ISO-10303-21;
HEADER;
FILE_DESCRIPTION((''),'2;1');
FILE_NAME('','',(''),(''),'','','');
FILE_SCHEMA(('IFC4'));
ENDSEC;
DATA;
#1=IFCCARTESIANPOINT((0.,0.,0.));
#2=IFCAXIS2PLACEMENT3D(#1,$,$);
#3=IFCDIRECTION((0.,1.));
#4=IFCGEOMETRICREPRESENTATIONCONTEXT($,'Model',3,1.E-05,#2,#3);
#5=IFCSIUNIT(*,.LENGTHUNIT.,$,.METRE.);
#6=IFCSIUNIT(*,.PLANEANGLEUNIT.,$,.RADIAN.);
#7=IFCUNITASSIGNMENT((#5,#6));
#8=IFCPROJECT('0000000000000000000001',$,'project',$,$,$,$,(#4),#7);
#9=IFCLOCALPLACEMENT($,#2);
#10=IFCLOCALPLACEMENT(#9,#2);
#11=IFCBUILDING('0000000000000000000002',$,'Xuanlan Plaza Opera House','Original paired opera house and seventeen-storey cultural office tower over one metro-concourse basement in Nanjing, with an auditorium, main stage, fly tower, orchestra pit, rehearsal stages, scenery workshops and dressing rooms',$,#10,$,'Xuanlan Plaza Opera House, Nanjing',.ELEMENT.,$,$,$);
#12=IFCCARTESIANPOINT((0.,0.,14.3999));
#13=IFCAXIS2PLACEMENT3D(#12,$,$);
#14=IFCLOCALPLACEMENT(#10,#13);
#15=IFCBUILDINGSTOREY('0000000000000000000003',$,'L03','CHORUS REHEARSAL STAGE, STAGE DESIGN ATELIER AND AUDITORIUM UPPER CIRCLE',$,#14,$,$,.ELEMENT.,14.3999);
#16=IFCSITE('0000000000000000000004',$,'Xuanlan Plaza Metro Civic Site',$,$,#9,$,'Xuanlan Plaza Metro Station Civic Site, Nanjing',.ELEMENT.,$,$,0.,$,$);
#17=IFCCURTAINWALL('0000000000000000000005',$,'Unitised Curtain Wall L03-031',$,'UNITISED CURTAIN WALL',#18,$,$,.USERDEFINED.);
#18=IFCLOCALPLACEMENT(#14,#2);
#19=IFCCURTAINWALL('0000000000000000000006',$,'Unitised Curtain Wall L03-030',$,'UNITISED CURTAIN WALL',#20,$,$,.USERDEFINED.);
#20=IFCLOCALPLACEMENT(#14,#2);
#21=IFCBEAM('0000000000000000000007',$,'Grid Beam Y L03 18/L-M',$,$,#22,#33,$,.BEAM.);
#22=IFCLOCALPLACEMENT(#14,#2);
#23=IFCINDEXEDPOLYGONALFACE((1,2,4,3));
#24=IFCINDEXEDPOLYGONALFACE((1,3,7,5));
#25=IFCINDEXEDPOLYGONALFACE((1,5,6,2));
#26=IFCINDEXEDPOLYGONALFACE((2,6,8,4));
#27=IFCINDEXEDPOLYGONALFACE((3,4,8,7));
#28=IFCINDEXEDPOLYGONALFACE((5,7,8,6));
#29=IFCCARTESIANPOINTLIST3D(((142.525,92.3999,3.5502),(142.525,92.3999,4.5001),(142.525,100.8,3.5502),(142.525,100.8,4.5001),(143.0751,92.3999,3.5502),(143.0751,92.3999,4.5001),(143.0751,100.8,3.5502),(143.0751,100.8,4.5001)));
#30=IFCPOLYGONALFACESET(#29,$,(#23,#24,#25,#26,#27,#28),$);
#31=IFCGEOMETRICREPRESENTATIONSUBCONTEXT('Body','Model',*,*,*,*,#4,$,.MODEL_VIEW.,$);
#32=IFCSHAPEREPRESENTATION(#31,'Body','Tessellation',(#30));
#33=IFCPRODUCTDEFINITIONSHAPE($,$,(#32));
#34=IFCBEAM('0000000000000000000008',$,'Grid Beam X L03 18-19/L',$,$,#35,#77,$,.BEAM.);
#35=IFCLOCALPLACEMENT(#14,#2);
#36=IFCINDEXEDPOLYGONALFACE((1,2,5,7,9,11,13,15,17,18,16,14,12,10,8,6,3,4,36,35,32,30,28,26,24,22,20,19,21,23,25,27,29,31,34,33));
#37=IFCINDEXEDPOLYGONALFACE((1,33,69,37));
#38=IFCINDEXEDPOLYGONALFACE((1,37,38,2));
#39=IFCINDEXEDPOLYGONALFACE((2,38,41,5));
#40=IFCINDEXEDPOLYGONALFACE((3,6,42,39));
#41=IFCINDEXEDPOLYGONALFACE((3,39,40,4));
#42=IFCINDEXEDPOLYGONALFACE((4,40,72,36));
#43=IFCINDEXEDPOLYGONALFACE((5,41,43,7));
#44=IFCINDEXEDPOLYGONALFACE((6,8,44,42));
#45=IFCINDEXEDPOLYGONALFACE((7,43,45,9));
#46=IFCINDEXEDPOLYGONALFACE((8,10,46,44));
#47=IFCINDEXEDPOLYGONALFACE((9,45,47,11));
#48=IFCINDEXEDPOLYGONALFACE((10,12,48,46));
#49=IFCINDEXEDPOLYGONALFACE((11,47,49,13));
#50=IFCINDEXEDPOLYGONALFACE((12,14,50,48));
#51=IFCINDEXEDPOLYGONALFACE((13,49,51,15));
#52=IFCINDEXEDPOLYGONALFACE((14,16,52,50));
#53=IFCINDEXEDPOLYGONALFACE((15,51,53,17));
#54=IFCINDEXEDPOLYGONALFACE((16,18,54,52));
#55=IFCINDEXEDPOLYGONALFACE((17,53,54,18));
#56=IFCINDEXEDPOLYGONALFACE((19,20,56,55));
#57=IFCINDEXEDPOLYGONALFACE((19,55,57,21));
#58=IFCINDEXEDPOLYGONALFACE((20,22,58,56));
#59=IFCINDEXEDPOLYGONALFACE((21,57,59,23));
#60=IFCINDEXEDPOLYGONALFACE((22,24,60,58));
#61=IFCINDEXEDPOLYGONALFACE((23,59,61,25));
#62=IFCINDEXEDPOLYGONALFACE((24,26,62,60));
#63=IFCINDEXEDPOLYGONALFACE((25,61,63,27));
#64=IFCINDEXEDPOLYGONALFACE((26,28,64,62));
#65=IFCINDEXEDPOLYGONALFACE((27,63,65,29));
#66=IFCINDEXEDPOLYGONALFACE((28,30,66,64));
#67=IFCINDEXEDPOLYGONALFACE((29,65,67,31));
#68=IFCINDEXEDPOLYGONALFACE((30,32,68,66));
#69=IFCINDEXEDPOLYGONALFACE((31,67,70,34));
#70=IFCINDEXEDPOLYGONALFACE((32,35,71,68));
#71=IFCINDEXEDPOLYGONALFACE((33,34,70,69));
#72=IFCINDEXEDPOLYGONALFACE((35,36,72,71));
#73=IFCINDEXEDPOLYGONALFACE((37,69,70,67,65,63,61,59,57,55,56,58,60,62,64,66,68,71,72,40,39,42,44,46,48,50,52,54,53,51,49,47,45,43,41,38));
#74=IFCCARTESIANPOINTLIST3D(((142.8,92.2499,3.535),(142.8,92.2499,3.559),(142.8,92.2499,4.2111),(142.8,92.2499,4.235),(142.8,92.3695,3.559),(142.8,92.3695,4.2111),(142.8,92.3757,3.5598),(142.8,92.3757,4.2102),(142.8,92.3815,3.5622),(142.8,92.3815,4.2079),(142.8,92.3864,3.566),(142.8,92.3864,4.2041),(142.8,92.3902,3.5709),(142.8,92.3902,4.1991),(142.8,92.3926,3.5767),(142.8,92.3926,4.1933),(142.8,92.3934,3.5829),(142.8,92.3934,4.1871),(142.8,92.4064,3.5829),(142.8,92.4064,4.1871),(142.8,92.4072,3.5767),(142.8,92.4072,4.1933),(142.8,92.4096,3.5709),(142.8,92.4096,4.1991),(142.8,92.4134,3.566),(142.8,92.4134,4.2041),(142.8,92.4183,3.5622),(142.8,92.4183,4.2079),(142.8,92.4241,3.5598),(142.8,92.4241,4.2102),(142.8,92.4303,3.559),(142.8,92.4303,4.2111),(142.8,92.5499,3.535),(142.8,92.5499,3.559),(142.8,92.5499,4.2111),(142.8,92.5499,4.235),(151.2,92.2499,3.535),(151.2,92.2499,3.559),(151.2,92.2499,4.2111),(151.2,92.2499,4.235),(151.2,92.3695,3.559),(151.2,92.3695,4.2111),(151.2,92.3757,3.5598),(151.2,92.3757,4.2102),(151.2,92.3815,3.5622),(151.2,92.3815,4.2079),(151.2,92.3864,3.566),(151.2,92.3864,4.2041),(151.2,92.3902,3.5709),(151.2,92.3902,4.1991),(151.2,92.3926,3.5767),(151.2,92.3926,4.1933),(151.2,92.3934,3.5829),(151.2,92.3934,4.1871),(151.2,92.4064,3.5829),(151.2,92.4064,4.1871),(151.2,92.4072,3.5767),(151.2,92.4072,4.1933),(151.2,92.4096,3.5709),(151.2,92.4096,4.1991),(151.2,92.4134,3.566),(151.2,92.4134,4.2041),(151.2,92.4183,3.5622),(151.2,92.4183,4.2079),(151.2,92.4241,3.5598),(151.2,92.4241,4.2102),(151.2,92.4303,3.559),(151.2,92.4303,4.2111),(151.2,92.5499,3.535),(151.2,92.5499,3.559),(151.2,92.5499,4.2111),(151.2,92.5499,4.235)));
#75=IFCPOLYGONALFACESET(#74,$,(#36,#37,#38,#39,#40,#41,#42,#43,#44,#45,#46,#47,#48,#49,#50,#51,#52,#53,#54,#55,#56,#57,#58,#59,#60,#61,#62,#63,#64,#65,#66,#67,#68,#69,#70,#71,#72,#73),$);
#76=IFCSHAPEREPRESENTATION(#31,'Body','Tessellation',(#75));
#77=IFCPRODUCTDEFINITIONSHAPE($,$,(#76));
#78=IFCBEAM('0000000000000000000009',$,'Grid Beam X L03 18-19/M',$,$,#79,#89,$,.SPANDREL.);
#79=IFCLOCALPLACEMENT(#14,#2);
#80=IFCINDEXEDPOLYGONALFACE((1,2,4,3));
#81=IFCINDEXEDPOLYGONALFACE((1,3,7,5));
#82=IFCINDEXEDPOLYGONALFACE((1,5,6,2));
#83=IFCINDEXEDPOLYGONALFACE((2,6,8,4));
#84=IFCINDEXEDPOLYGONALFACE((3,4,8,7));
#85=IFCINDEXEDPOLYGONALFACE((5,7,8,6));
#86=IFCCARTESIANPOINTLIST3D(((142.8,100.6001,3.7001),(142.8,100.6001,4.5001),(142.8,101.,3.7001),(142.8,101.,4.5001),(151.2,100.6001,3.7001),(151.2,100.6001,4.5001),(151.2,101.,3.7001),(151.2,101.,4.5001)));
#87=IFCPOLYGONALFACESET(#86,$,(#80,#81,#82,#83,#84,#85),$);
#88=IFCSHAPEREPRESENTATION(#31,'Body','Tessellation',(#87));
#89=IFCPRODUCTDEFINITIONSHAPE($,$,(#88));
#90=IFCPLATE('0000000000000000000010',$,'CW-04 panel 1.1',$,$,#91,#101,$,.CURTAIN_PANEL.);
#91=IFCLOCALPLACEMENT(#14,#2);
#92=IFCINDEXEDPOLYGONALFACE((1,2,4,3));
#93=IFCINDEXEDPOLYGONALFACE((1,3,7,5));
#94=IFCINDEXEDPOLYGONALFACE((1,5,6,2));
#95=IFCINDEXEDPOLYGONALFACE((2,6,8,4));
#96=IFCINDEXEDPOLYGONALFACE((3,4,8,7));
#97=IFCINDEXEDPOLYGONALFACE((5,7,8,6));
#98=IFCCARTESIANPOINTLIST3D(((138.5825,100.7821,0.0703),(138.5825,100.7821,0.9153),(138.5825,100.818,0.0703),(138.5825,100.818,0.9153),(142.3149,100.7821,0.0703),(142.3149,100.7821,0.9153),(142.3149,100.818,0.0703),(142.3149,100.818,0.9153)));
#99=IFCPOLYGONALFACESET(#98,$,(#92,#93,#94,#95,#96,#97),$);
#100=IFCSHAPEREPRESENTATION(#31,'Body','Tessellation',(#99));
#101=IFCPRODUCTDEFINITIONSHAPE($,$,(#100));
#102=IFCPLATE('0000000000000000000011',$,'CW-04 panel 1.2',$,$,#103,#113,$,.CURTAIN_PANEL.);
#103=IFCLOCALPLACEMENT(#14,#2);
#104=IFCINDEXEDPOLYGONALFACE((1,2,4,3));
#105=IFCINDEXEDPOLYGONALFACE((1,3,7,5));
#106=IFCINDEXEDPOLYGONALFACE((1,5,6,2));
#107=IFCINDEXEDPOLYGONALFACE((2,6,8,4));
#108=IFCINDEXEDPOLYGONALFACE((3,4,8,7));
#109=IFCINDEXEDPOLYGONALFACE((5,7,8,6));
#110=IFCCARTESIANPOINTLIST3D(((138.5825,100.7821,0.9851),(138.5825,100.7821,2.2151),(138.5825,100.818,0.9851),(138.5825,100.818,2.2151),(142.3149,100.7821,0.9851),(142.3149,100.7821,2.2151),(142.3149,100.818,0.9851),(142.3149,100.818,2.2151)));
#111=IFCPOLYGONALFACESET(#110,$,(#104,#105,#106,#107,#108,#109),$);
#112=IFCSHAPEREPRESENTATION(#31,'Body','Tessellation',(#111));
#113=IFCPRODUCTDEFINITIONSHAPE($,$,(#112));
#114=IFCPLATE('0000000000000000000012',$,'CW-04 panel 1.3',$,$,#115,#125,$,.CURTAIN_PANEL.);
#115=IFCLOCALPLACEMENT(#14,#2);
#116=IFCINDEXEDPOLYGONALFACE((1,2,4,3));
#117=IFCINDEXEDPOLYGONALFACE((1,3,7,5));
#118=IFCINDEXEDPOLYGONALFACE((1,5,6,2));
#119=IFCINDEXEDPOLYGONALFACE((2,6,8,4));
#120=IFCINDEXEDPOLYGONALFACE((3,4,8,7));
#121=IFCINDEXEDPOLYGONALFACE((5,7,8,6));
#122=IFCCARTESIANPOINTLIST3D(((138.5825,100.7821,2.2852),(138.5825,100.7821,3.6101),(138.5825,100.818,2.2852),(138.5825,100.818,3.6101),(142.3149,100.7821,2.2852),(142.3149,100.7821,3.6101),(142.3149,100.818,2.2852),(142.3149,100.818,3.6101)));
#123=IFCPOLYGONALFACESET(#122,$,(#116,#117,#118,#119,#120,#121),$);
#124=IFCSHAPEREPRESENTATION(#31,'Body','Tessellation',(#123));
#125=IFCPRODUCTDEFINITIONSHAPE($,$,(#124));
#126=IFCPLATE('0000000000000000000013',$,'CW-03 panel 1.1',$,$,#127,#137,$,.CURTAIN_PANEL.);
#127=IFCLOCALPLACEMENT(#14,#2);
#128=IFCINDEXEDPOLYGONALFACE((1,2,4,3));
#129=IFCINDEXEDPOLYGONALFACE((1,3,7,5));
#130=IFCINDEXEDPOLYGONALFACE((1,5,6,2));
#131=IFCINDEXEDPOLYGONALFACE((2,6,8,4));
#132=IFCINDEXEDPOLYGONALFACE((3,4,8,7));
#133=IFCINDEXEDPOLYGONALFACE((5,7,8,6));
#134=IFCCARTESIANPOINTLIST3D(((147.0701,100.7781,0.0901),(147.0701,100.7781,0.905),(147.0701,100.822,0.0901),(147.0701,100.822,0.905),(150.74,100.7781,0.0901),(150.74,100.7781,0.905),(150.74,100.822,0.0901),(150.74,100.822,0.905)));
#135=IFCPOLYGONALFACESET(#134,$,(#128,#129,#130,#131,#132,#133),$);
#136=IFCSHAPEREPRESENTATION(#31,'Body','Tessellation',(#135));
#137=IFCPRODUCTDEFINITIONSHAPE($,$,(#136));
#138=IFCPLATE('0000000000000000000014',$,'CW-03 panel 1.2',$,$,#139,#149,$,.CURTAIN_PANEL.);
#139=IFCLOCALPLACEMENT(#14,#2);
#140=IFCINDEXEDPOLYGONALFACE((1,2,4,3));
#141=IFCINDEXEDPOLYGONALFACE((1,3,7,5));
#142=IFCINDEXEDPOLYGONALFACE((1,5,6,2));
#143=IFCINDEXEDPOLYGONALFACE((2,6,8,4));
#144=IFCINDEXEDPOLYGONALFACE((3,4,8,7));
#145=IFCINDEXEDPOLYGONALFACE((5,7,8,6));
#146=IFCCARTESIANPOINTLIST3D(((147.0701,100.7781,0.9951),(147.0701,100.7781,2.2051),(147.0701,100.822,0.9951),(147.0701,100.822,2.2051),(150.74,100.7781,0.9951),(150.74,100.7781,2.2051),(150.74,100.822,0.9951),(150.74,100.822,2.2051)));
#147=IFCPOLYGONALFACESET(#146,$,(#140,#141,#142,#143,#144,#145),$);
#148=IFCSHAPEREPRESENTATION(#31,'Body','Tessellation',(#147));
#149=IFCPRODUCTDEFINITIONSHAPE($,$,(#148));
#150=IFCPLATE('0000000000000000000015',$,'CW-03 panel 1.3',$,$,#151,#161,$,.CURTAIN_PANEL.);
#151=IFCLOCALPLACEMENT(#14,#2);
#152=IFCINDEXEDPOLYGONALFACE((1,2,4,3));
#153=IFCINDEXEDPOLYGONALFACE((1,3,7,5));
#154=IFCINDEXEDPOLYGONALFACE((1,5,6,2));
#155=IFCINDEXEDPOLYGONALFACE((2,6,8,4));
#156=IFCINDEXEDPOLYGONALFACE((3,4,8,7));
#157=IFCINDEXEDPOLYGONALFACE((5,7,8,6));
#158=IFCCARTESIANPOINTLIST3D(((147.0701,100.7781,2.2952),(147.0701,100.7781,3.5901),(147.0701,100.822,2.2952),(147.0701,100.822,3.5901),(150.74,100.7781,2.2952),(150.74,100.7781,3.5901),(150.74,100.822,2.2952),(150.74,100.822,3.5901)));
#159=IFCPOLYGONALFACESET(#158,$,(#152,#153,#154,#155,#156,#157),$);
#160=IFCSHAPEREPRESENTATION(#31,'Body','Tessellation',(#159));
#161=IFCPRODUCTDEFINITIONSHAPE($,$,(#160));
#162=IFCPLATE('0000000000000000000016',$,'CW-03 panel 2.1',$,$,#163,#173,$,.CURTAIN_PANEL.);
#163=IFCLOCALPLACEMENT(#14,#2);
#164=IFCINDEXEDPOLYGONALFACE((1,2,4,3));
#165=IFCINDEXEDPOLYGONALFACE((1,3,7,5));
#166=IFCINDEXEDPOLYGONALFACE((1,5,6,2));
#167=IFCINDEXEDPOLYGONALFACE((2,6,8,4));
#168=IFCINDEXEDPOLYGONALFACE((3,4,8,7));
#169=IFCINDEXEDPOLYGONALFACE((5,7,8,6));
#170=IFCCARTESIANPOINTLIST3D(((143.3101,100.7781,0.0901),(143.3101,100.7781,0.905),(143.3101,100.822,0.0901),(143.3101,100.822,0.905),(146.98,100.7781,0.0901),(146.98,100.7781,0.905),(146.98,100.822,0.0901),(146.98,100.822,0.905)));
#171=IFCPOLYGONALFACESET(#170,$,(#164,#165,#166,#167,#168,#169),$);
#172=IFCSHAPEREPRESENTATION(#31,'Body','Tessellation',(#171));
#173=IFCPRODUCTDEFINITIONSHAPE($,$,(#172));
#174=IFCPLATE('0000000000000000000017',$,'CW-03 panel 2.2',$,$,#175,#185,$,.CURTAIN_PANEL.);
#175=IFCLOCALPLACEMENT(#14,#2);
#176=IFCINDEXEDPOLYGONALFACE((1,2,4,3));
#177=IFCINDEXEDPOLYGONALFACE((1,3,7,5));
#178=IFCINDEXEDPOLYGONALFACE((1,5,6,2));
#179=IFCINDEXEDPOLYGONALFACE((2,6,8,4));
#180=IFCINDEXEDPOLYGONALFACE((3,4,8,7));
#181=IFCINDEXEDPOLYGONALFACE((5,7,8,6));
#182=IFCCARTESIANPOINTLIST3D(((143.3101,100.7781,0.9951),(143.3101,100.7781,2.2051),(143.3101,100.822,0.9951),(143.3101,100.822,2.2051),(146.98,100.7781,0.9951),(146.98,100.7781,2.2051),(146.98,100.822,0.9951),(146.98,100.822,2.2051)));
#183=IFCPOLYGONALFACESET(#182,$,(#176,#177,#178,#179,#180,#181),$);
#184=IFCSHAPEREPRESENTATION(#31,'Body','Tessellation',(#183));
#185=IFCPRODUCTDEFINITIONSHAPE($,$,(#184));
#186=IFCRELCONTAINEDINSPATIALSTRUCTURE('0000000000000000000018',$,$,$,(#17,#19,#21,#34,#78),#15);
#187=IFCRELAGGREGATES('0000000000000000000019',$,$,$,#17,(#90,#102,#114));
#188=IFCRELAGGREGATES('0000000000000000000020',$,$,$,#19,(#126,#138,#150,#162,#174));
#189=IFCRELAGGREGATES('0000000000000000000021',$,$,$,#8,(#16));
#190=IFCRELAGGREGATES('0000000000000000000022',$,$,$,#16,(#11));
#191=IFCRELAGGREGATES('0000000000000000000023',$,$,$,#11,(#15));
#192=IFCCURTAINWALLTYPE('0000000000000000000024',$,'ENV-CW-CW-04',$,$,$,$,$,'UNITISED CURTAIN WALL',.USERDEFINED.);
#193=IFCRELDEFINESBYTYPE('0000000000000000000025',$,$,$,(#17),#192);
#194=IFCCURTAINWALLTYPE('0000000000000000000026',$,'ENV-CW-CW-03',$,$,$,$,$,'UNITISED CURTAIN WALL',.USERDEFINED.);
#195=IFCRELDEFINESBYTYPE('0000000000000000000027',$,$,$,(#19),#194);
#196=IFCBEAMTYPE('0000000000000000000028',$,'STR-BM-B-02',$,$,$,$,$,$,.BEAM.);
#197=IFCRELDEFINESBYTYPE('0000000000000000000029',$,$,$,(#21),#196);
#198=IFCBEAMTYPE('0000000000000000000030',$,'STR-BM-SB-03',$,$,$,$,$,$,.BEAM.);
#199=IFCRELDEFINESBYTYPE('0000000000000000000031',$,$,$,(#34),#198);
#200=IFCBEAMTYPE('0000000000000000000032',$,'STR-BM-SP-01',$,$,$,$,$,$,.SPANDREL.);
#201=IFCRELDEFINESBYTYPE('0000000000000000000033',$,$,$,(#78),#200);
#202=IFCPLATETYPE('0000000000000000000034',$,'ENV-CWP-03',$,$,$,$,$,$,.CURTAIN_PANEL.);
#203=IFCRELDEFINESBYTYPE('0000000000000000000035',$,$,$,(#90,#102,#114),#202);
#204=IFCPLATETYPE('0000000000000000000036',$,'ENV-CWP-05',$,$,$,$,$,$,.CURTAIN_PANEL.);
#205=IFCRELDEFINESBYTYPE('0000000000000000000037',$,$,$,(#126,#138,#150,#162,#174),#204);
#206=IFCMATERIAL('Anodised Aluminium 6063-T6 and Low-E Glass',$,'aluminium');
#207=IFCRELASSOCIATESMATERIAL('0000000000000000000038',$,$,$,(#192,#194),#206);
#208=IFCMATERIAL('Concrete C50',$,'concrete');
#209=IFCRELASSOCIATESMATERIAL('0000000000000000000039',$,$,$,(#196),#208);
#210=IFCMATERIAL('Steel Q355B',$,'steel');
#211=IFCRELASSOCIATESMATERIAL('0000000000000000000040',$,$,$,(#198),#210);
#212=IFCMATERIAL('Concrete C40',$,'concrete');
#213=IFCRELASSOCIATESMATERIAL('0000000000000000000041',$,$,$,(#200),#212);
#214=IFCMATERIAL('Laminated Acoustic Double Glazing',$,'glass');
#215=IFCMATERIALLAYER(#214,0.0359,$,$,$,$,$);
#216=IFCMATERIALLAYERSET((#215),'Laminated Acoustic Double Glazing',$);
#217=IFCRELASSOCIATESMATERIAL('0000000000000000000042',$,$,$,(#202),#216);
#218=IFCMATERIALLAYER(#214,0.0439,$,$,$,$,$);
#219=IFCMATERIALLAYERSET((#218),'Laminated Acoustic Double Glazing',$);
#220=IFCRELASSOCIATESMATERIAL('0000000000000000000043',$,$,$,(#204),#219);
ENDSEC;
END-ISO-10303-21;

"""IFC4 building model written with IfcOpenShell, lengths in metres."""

from ifc_helpers import new_model, si_unit, direction, frame, origin, origin_2d, place, context, subcontext, project, spatial, rectangle, i_section, extrude, material, layer, layer_set, material_profile, profile_set, type_object, element, aggregate, save


model = new_model("IFC4")

# Units and contexts
model_context = context("Model", 3, precision=1e-05, world=origin(), true_north=direction((0.0, 1.0)))
body_context = subcontext(model_context, "Body", "Model", "MODEL_VIEW")
ifc_project = project(units=[si_unit("LENGTHUNIT", "METRE"), si_unit("PLANEANGLEUNIT", "RADIAN")], contexts=[model_context])

# Site, building, storey
site_placement = place(None, origin())
site = spatial("IfcSite", under=ifc_project, at=site_placement, Name="Xuanlan Plaza Metro Civic Site", LongName="Xuanlan Plaza Metro Station Civic Site, Nanjing", CompositionType="ELEMENT", RefElevation=0.0)
building_placement = place(site_placement, origin())
building = spatial("IfcBuilding", under=site, at=building_placement, Name="Xuanlan Plaza Opera House", Description="Original paired opera house and seventeen-storey cultural office tower over one metro-concourse basement in Nanjing, with an auditorium, main stage, fly tower, orchestra pit, rehearsal stages, scenery workshops and dressing rooms", LongName="Xuanlan Plaza Opera House, Nanjing", CompositionType="ELEMENT")
storey_placement = place(building_placement, frame((0.0, 0.0, 14.3999)))
storey = spatial("IfcBuildingStorey", under=building, at=storey_placement, Name="L03", Description="CHORUS REHEARSAL STAGE, STAGE DESIGN ATELIER AND AUDITORIUM UPPER CIRCLE", CompositionType="ELEMENT", Elevation=14.3999)

# Shared definitions
ifc_material_1 = material(Name="Concrete C40", Category="concrete")

# Curtain wall
ifc_material_2 = material(Name="Anodised Aluminium 6063-T6 and Low-E Glass", Category="aluminium")
curtain_wall_type_1 = type_object("IfcCurtainWallType", Name="ENV-CW-CW-04", ElementType="UNITISED CURTAIN WALL", PredefinedType="USERDEFINED", material=ifc_material_2)
curtain_wall_1_placement = place(storey_placement, origin())
curtain_wall_1 = element("IfcCurtainWall", 1, at=curtain_wall_1_placement, inside=storey, type_object=curtain_wall_type_1, Name="Unitised Curtain Wall L03-031", ObjectType="UNITISED CURTAIN WALL", PredefinedType="USERDEFINED")

# Curtain wall
curtain_wall_type_2 = type_object("IfcCurtainWallType", Name="ENV-CW-CW-03", ElementType="UNITISED CURTAIN WALL", PredefinedType="USERDEFINED", material=ifc_material_2)
curtain_wall_2_placement = place(storey_placement, origin())
curtain_wall_2 = element("IfcCurtainWall", 2, at=curtain_wall_2_placement, inside=storey, type_object=curtain_wall_type_2, Name="Unitised Curtain Wall L03-030", ObjectType="UNITISED CURTAIN WALL", PredefinedType="USERDEFINED")

# Beams
ifc_material_3 = material(Name="Concrete C50", Category="concrete")
ifc_material_profile_1 = material_profile(ifc_material_3, rectangle(XDim=0.55, YDim=0.95, at=origin_2d()), Name="RC-BM 550x950")
ifc_profile_set_1 = profile_set([ifc_material_profile_1], Name="Concrete C50")
beam_type_1 = type_object("IfcBeamType", Name="STR-BM-B-02", PredefinedType="BEAM", material=ifc_profile_set_1)
beam_1_placement = place(storey_placement, frame((142.8, 92.3999, 4.0251), z_axis=(0.0, 1.0, 0.0), x_axis=(-1.0, 0.0, 0.0)))
element("IfcBeam", 3, at=beam_1_placement, inside=storey, type_object=beam_type_1, Name="Grid Beam Y L03 18/L-M", PredefinedType="BEAM", context=body_context, shape_type="SweptSolid", body=[
    extrude(rectangle(XDim=0.55, YDim=0.95, at=origin_2d()), origin(), (0.0, 0.0, 1.0), 8.4001),
])
ifc_material_4 = material(Name="Steel Q355B", Category="steel")
ifc_material_profile_2 = material_profile(ifc_material_4, i_section(OverallWidth=0.3, OverallDepth=0.7, WebThickness=0.0129, FlangeThickness=0.0239, FilletRadius=0.0239, at=origin_2d()), Name="HN 700x300x13x24")
ifc_profile_set_2 = profile_set([ifc_material_profile_2], Name="Steel Q355B")
beam_type_2 = type_object("IfcBeamType", Name="STR-BM-SB-03", PredefinedType="BEAM", material=ifc_profile_set_2)
beam_2_placement = place(storey_placement, frame((142.8, 92.3999, 3.885), z_axis=(1.0, 0.0, 0.0), x_axis=(0.0, 1.0, 0.0)))
element("IfcBeam", 4, at=beam_2_placement, inside=storey, type_object=beam_type_2, Name="Grid Beam X L03 18-19/L", PredefinedType="BEAM", context=body_context, shape_type="SweptSolid", body=[
    extrude(i_section(OverallWidth=0.3, OverallDepth=0.7, WebThickness=0.0129, FlangeThickness=0.0239, FilletRadius=0.0239, at=origin_2d()), origin(), (0.0, 0.0, 1.0), 8.3999),
])
ifc_material_profile_3 = material_profile(ifc_material_1, rectangle(XDim=0.3999, YDim=0.8, at=origin_2d()), Name="RC-SPD 400x800")
ifc_profile_set_3 = profile_set([ifc_material_profile_3], Name="Concrete C40")
beam_type_3 = type_object("IfcBeamType", Name="STR-BM-SP-01", PredefinedType="SPANDREL", material=ifc_profile_set_3)
beam_3_placement = place(storey_placement, frame((142.8, 100.8, 4.1001), z_axis=(1.0, 0.0, 0.0), x_axis=(0.0, 1.0, 0.0)))
element("IfcBeam", 5, at=beam_3_placement, inside=storey, type_object=beam_type_3, Name="Grid Beam X L03 18-19/M", PredefinedType="SPANDREL", context=body_context, shape_type="SweptSolid", body=[
    extrude(rectangle(XDim=0.3999, YDim=0.8, at=origin_2d()), origin(), (0.0, 0.0, 1.0), 8.3999),
])

# Plates
ifc_material_5 = material(Name="Laminated Acoustic Double Glazing", Category="glass")
ifc_layer_1 = layer(ifc_material_5, 0.0359)
ifc_layer_set_1 = layer_set([ifc_layer_1], Name="Laminated Acoustic Double Glazing")
plate_type_1 = type_object("IfcPlateType", Name="ENV-CWP-03", PredefinedType="CURTAIN_PANEL", material=ifc_layer_set_1)
plate_1_placement = place(storey_placement, frame((140.4487, 100.8, 0.0703), z_axis=(0.0, 0.0, 1.0), x_axis=(-1.0, 0.0, 0.0)))
plate_1 = element("IfcPlate", 6, at=plate_1_placement, type_object=plate_type_1, Name="CW-04 panel 1.1", PredefinedType="CURTAIN_PANEL", context=body_context, shape_type="SweptSolid", body=[
    extrude(rectangle(XDim=3.7324, YDim=0.0359, at=origin_2d()), origin(), (0.0, 0.0, 1.0), 0.845),
])
plate_2_placement = place(storey_placement, frame((140.4487, 100.8, 0.9851), z_axis=(0.0, 0.0, 1.0), x_axis=(-1.0, 0.0, 0.0)))
plate_2 = element("IfcPlate", 7, at=plate_2_placement, type_object=plate_type_1, Name="CW-04 panel 1.2", PredefinedType="CURTAIN_PANEL", context=body_context, shape_type="SweptSolid", body=[
    extrude(rectangle(XDim=3.7324, YDim=0.0359, at=origin_2d()), origin(), (0.0, 0.0, 1.0), 1.23),
])
plate_3_placement = place(storey_placement, frame((140.4487, 100.8, 2.2852), z_axis=(0.0, 0.0, 1.0), x_axis=(-1.0, 0.0, 0.0)))
plate_3 = element("IfcPlate", 8, at=plate_3_placement, type_object=plate_type_1, Name="CW-04 panel 1.3", PredefinedType="CURTAIN_PANEL", context=body_context, shape_type="SweptSolid", body=[
    extrude(rectangle(XDim=3.7324, YDim=0.0359, at=origin_2d()), origin(), (0.0, 0.0, 1.0), 1.325),
])
aggregate(curtain_wall_1, [plate_1, plate_2, plate_3])
ifc_layer_2 = layer(ifc_material_5, 0.0439)
ifc_layer_set_2 = layer_set([ifc_layer_2], Name="Laminated Acoustic Double Glazing")
plate_type_2 = type_object("IfcPlateType", Name="ENV-CWP-05", PredefinedType="CURTAIN_PANEL", material=ifc_layer_set_2)
plate_4_placement = place(storey_placement, frame((148.905, 100.8, 0.0901), z_axis=(0.0, 0.0, 1.0), x_axis=(-1.0, 0.0, 0.0)))
plate_4 = element("IfcPlate", 9, at=plate_4_placement, type_object=plate_type_2, Name="CW-03 panel 1.1", PredefinedType="CURTAIN_PANEL", context=body_context, shape_type="SweptSolid", body=[
    extrude(rectangle(XDim=3.6699, YDim=0.0439, at=origin_2d()), origin(), (0.0, 0.0, 1.0), 0.8149),
])
plate_5_placement = place(storey_placement, frame((148.905, 100.8, 0.9951), z_axis=(0.0, 0.0, 1.0), x_axis=(-1.0, 0.0, 0.0)))
plate_5 = element("IfcPlate", 10, at=plate_5_placement, type_object=plate_type_2, Name="CW-03 panel 1.2", PredefinedType="CURTAIN_PANEL", context=body_context, shape_type="SweptSolid", body=[
    extrude(rectangle(XDim=3.6699, YDim=0.0439, at=origin_2d()), origin(), (0.0, 0.0, 1.0), 1.21),
])
plate_6_placement = place(storey_placement, frame((148.905, 100.8, 2.2952), z_axis=(0.0, 0.0, 1.0), x_axis=(-1.0, 0.0, 0.0)))
plate_6 = element("IfcPlate", 11, at=plate_6_placement, type_object=plate_type_2, Name="CW-03 panel 1.3", PredefinedType="CURTAIN_PANEL", context=body_context, shape_type="SweptSolid", body=[
    extrude(rectangle(XDim=3.6699, YDim=0.0439, at=origin_2d()), origin(), (0.0, 0.0, 1.0), 1.2949),
])
plate_7_placement = place(storey_placement, frame((145.145, 100.8, 0.0901), z_axis=(0.0, 0.0, 1.0), x_axis=(-1.0, 0.0, 0.0)))
plate_7 = element("IfcPlate", 12, at=plate_7_placement, type_object=plate_type_2, Name="CW-03 panel 2.1", PredefinedType="CURTAIN_PANEL", context=body_context, shape_type="SweptSolid", body=[
    extrude(rectangle(XDim=3.6699, YDim=0.0439, at=origin_2d()), origin(), (0.0, 0.0, 1.0), 0.8149),
])
plate_8_placement = place(storey_placement, frame((145.145, 100.8, 0.9951), z_axis=(0.0, 0.0, 1.0), x_axis=(-1.0, 0.0, 0.0)))
plate_8 = element("IfcPlate", 13, at=plate_8_placement, type_object=plate_type_2, Name="CW-03 panel 2.2", PredefinedType="CURTAIN_PANEL", context=body_context, shape_type="SweptSolid", body=[
    extrude(rectangle(XDim=3.6699, YDim=0.0439, at=origin_2d()), origin(), (0.0, 0.0, 1.0), 1.21),
])
aggregate(curtain_wall_2, [plate_4, plate_5, plate_6, plate_7, plate_8])

save(model, "model.ifc")
